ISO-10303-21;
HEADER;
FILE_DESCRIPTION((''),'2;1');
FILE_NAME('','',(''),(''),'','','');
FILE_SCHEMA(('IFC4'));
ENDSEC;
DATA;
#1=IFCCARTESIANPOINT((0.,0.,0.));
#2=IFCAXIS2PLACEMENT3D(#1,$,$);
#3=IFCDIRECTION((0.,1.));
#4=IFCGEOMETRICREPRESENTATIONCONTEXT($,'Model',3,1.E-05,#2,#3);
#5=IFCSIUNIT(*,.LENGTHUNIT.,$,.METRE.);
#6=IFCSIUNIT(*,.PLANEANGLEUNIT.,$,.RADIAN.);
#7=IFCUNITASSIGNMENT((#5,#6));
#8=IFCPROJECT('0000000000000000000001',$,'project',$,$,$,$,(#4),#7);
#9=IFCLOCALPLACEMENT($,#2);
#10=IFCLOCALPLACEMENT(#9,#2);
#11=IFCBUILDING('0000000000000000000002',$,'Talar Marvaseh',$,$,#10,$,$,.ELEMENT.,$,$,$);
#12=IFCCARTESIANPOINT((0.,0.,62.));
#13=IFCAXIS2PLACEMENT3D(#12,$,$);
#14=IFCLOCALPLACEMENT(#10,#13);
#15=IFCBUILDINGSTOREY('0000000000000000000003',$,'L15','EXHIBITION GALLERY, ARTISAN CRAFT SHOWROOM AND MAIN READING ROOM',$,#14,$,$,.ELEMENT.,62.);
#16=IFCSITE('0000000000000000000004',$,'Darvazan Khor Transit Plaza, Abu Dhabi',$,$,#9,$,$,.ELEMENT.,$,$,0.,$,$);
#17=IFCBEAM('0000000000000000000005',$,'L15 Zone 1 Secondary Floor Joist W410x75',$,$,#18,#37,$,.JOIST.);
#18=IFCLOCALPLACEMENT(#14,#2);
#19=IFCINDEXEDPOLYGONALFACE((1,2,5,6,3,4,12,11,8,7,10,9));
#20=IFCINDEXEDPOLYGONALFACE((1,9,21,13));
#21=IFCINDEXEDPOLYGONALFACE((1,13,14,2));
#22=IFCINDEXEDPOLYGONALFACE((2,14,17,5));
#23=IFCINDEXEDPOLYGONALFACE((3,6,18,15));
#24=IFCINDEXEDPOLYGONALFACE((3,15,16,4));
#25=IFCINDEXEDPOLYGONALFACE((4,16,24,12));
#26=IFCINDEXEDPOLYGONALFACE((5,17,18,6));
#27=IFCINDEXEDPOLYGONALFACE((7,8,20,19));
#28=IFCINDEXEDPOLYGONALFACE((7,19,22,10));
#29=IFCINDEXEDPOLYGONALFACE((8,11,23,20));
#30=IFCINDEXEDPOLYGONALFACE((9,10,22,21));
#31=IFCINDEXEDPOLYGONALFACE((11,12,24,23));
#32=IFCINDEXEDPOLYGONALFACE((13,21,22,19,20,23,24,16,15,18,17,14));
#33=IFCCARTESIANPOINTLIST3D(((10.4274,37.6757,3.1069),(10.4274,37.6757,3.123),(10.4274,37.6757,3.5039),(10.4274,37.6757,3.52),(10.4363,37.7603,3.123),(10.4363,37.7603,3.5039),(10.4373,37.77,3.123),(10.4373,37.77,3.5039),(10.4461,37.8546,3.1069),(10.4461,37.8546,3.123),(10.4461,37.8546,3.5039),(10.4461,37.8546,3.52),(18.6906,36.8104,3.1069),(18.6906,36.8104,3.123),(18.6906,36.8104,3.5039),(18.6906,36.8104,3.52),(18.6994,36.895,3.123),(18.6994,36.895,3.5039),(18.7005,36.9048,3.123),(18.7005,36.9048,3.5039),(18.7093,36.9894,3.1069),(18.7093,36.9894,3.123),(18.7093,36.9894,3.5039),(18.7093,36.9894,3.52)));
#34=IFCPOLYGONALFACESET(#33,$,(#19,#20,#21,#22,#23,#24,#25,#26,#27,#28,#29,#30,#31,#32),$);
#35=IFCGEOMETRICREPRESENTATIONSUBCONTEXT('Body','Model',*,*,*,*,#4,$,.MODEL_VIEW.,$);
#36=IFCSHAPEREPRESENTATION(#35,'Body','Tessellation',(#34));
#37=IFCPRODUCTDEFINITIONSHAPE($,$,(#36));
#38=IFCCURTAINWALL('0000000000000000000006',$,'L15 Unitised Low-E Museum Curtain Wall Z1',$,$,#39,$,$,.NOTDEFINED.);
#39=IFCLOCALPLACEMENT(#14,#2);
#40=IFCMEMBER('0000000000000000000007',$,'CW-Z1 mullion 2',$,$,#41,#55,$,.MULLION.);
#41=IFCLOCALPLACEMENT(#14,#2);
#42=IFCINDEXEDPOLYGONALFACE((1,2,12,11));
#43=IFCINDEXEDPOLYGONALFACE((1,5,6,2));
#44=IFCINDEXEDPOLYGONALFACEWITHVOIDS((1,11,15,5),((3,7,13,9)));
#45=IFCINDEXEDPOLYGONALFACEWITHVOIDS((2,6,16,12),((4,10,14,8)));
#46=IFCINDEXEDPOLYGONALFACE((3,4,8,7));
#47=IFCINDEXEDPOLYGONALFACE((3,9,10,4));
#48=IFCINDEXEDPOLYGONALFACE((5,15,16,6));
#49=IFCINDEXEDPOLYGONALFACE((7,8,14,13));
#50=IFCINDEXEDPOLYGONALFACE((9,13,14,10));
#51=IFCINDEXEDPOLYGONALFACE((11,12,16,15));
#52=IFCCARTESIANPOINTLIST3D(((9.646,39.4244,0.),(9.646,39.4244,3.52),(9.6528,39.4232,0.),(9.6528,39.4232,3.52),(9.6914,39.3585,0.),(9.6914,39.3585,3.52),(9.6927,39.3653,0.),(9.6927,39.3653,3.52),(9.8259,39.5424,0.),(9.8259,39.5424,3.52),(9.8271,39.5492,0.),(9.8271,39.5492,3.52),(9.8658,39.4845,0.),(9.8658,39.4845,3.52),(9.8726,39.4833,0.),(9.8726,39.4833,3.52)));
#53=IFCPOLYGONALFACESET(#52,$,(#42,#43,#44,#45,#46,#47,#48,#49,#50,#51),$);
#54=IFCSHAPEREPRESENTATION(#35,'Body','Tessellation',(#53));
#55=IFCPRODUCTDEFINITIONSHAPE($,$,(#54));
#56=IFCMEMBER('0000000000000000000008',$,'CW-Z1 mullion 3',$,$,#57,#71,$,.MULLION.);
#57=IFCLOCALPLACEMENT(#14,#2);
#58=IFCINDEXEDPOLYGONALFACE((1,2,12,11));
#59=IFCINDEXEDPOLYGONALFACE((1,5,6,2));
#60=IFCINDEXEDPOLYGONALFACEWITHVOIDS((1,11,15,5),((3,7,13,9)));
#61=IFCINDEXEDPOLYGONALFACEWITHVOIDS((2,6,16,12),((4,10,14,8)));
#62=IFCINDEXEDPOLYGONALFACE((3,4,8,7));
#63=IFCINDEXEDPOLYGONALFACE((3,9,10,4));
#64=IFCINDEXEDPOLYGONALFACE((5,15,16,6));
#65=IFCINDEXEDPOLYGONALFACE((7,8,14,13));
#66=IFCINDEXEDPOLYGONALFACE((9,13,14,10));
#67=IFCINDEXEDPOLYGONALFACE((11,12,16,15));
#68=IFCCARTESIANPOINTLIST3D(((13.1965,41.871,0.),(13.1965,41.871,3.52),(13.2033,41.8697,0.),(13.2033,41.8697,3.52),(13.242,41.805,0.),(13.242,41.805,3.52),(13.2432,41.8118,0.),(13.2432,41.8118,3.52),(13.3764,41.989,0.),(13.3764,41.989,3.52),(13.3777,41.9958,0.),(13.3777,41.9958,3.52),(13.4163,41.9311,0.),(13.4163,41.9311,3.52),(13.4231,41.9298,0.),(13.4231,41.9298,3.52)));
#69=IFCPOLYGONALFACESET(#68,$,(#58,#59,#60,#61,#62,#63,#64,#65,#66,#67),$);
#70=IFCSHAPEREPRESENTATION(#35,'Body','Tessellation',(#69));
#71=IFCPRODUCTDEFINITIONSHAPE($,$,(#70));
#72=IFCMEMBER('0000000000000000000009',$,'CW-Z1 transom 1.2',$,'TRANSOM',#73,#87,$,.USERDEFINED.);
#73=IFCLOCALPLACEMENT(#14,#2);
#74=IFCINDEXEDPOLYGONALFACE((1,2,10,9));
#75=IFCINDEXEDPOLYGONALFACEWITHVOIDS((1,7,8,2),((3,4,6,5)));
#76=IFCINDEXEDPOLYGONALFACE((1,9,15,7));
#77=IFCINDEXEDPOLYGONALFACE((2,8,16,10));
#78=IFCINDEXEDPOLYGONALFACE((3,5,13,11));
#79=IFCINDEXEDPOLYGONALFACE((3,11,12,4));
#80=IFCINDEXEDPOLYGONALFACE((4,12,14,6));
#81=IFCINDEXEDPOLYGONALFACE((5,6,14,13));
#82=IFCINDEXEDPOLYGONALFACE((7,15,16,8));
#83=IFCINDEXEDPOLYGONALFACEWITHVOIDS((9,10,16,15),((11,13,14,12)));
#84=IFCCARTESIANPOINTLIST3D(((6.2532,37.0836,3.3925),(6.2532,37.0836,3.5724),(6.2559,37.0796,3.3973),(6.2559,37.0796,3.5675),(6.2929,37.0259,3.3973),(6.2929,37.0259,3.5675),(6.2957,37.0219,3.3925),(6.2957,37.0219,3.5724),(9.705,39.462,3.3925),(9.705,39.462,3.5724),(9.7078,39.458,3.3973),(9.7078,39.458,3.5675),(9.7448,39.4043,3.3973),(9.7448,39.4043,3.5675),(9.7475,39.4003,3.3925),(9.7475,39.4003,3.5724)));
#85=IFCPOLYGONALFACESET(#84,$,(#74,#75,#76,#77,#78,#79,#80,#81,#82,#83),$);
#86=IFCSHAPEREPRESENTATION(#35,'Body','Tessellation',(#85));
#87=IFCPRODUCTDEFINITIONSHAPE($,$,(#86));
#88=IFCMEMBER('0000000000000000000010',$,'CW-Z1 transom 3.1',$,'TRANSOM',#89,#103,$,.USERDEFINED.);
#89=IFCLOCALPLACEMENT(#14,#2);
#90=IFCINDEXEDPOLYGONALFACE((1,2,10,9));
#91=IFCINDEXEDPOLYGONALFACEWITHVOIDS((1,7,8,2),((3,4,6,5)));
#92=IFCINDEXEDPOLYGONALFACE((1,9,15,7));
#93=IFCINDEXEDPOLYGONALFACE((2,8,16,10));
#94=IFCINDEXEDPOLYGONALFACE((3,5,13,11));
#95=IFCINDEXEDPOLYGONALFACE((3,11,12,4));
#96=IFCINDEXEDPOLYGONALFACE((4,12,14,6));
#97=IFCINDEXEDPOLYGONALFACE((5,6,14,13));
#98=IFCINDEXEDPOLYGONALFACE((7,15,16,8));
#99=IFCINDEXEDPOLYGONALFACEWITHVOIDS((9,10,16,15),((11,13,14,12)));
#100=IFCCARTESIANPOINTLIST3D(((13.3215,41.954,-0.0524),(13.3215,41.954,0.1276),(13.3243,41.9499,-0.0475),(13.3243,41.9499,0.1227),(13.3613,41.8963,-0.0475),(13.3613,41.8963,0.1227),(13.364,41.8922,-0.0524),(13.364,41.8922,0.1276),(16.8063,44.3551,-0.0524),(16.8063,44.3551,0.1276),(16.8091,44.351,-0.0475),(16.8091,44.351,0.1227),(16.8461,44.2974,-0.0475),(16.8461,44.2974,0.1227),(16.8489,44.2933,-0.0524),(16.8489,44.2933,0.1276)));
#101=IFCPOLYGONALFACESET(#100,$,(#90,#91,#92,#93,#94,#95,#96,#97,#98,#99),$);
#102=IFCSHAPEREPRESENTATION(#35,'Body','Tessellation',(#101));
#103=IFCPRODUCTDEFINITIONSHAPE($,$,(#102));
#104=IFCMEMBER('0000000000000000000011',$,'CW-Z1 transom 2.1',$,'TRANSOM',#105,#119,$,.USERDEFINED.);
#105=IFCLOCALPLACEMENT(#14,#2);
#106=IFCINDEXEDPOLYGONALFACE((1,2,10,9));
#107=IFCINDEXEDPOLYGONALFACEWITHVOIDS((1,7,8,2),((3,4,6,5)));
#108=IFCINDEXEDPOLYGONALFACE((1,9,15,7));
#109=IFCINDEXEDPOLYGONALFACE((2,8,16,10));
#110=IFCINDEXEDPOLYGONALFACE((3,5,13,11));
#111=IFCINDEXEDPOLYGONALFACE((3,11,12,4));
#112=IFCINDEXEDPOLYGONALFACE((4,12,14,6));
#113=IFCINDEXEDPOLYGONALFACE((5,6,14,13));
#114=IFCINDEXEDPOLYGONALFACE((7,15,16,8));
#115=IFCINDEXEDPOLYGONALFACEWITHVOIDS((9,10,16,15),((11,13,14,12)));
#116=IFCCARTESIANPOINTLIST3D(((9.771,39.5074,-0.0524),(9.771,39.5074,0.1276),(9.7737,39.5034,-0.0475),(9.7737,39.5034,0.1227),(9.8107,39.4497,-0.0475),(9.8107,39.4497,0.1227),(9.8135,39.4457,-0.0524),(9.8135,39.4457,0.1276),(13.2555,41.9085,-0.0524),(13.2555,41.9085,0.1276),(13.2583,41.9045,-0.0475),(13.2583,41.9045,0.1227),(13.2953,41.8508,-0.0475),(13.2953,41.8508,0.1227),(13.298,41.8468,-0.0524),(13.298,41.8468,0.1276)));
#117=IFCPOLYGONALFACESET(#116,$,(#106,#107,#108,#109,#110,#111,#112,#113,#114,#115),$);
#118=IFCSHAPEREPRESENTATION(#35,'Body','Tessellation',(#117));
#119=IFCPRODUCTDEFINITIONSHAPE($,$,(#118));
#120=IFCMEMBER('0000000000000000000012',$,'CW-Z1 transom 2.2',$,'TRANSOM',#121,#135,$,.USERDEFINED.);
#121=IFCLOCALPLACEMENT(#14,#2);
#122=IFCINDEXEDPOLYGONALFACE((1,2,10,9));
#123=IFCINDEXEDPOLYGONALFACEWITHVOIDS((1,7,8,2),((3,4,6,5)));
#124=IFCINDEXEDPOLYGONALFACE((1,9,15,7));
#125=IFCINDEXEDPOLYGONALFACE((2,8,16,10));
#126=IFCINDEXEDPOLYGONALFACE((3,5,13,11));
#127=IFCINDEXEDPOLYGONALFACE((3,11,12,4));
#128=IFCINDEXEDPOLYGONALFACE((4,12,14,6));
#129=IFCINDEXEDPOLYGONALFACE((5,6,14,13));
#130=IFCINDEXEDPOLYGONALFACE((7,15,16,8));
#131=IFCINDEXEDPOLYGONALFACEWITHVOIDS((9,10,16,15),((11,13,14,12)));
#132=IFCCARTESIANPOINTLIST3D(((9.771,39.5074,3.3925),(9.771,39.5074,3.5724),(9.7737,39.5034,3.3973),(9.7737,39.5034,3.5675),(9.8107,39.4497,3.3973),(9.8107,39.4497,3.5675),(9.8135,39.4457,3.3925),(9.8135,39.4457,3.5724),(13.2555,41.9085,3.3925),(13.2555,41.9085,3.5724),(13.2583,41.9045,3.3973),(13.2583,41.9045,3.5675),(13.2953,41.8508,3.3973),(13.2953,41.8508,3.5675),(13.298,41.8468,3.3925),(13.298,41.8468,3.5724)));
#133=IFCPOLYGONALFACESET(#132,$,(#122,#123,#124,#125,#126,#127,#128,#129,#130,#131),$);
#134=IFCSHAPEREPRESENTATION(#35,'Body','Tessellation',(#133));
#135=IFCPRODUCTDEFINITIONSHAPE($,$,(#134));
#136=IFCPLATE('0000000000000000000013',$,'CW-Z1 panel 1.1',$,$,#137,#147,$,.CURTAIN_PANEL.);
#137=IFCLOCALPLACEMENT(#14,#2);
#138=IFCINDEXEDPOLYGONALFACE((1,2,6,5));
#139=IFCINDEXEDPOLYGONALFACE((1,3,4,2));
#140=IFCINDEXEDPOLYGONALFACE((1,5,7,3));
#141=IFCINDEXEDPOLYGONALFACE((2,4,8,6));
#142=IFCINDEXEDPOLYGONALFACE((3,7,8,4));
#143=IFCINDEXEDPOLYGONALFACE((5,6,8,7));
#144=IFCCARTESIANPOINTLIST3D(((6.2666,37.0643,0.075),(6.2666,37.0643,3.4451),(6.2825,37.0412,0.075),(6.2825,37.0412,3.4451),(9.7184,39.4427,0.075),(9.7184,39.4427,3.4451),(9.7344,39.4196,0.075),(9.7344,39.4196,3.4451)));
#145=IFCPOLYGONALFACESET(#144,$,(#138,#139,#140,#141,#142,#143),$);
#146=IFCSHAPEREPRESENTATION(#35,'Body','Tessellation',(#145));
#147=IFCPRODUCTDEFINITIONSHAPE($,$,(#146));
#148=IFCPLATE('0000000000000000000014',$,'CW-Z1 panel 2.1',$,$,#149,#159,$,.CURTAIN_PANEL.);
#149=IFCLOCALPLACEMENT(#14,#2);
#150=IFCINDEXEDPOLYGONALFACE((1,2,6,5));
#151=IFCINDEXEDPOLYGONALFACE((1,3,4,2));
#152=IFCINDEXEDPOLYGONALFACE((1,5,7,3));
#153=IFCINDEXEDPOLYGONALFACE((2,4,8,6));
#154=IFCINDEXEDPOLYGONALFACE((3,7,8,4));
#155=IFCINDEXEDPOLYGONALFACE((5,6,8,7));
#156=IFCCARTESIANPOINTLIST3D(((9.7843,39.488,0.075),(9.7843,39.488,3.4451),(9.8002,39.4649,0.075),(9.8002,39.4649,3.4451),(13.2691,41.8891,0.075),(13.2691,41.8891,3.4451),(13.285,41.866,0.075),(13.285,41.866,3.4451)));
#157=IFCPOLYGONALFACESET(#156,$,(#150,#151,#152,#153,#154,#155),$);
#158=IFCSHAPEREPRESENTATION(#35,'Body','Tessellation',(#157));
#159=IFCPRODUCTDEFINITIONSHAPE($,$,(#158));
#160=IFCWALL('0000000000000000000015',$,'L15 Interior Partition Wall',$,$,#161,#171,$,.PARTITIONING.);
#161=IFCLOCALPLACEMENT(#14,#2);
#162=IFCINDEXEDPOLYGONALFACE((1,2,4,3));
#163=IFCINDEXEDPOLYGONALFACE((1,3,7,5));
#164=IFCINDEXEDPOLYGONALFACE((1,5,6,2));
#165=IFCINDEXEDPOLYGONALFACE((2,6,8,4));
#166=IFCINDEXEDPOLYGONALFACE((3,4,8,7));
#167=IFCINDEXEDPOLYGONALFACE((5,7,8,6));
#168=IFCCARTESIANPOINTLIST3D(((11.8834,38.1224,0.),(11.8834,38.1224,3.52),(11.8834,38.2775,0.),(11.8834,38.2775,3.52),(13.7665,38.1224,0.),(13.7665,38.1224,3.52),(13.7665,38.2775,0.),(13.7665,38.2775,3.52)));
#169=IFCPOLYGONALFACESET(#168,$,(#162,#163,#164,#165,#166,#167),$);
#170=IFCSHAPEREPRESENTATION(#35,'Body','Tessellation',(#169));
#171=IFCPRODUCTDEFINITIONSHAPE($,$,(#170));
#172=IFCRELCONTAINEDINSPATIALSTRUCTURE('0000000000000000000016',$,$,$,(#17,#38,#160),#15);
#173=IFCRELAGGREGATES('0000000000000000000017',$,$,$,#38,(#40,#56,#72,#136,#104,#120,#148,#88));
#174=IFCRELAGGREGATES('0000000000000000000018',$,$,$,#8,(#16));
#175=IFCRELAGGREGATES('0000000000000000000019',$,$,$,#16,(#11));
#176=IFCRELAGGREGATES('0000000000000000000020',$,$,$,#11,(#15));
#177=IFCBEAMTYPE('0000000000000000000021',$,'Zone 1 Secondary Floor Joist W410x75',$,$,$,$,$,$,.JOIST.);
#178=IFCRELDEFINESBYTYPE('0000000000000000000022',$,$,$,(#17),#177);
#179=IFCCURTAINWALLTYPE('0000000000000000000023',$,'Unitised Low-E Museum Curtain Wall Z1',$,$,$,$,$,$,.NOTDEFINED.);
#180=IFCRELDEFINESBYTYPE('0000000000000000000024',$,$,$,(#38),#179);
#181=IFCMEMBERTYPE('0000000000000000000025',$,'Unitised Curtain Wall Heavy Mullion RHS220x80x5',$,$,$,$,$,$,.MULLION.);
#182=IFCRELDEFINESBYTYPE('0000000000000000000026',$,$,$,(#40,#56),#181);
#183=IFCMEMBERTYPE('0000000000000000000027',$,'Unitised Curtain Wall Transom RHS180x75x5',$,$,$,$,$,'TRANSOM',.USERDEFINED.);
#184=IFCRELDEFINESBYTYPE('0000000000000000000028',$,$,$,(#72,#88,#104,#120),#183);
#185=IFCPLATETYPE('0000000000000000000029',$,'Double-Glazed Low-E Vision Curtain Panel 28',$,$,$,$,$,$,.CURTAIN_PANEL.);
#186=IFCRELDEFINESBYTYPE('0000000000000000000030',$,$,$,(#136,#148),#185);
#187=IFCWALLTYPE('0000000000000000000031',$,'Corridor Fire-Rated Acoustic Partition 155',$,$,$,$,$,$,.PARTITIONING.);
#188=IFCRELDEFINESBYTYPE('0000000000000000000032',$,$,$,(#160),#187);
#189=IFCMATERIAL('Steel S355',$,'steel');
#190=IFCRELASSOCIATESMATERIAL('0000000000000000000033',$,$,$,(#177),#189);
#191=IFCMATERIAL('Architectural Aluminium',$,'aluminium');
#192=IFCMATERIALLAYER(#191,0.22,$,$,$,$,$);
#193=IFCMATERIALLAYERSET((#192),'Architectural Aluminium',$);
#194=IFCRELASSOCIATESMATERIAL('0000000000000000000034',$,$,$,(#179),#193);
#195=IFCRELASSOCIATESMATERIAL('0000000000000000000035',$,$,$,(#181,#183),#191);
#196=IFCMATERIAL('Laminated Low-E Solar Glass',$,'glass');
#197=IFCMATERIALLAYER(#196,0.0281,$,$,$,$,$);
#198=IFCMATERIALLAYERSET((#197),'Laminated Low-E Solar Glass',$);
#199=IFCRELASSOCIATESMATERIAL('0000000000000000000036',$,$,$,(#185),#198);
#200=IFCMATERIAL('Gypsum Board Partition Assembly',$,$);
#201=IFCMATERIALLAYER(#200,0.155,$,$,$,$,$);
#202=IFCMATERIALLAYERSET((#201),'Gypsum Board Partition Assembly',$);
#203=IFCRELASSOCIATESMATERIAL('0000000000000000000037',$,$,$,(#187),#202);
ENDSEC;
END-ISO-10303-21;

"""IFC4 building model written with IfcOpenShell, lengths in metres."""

from ifc_helpers import new_model, si_unit, direction, frame, frame_2d, origin, origin_2d, place, context, subcontext, project, spatial, rectangle, hollow_rectangle, i_section, extrude, source, transform, mapped, material, layer, layer_set, material_profile, profile_set, type_object, type_shapes, element, aggregate, save


model = new_model("IFC4")

# Units and contexts
model_context = context("Model", 3, precision=1e-05, world=origin(), true_north=direction((0.0, 1.0)))
body_context = subcontext(model_context, "Body", "Model", "MODEL_VIEW")
ifc_project = project(units=[si_unit("LENGTHUNIT", "METRE"), si_unit("PLANEANGLEUNIT", "RADIAN")], contexts=[model_context])

# Site, building, storey
site_placement = place(None, origin())
site = spatial("IfcSite", under=ifc_project, at=site_placement, Name="Darvazan Khor Transit Plaza, Abu Dhabi", CompositionType="ELEMENT", RefElevation=0.0)
building_placement = place(site_placement, origin())
building = spatial("IfcBuilding", under=site, at=building_placement, Name="Talar Marvaseh", CompositionType="ELEMENT")
storey_placement = place(building_placement, frame((0.0, 0.0, 62.0)))
storey = spatial("IfcBuildingStorey", under=building, at=storey_placement, Name="L15", Description="EXHIBITION GALLERY, ARTISAN CRAFT SHOWROOM AND MAIN READING ROOM", CompositionType="ELEMENT", Elevation=62.0)

# Beam
ifc_material_1 = material(Name="Steel S355", Category="steel")
ifc_material_profile_1 = material_profile(ifc_material_1, i_section(OverallWidth=0.1799, OverallDepth=0.4131, WebThickness=0.0098, FlangeThickness=0.0161, at=origin_2d()), Name="W410x75")
ifc_profile_set_1 = profile_set([ifc_material_profile_1], Name="Steel S355")
beam_type = type_object("IfcBeamType", Name="Zone 1 Secondary Floor Joist W410x75", PredefinedType="JOIST", material=ifc_profile_set_1)
beam_placement = place(storey_placement, frame((10.4368, 37.7651, 3.3135), z_axis=(0.994563, -0.10414, 0.0), x_axis=(0.10414, 0.994563, 0.0)))
element("IfcBeam", 1, at=beam_placement, inside=storey, type_object=beam_type, Name="L15 Zone 1 Secondary Floor Joist W410x75", PredefinedType="JOIST", context=body_context, shape_type="SweptSolid", body=[
    extrude(i_section(OverallWidth=0.1799, OverallDepth=0.4131, WebThickness=0.0098, FlangeThickness=0.0161, at=origin_2d()), origin(), (0.0, 0.0, 1.0), 8.3083),
])

# Curtain wall, members, plates
ifc_material_2 = material(Name="Architectural Aluminium", Category="aluminium")
ifc_layer_1 = layer(ifc_material_2, 0.22)
ifc_layer_set_1 = layer_set([ifc_layer_1], Name="Architectural Aluminium")
curtain_wall_type = type_object("IfcCurtainWallType", Name="Unitised Low-E Museum Curtain Wall Z1", PredefinedType="NOTDEFINED", material=ifc_layer_set_1)
curtain_wall_placement = place(storey_placement, origin())
curtain_wall = element("IfcCurtainWall", 2, at=curtain_wall_placement, inside=storey, type_object=curtain_wall_type, Name="L15 Unitised Low-E Museum Curtain Wall Z1", PredefinedType="NOTDEFINED")
ifc_material_profile_2 = material_profile(ifc_material_2, hollow_rectangle(XDim=0.0801, YDim=0.22, WallThickness=0.0049, at=origin_2d()), Name="RHS220x80x5")
ifc_profile_set_2 = profile_set([ifc_material_profile_2], Name="Architectural Aluminium")
member_type_1 = type_object("IfcMemberType", Name="Unitised Curtain Wall Heavy Mullion RHS220x80x5", PredefinedType="MULLION", material=ifc_profile_set_2)
shared_shape_1 = source(origin(), body_context, "Body", "SweptSolid", [
    extrude(hollow_rectangle(XDim=0.0801, YDim=0.22, WallThickness=0.0049, at=origin_2d()), origin(), (0.0, 0.0, 1.0), 3.52),
])
type_shapes(member_type_1, [shared_shape_1])
member_1_placement = place(storey_placement, frame((9.7593, 39.4539, 0.0), z_axis=(0.0, 0.0, 1.0), x_axis=(-0.567383, 0.823454, 0.0)))
member_1 = element("IfcMember", 3, at=member_1_placement, type_object=member_type_1, Name="CW-Z1 mullion 2", PredefinedType="MULLION", context=body_context, shape_type="MappedRepresentation", body=[
    mapped(shared_shape_1, transform((0.0, 0.0, 0.0), x_axis=(1.0, 0.0, 0.0), y_axis=(0.0, 1.0, 0.0), z_axis=(0.0, 0.0, 1.0), scale=1.0)),
])
member_2_placement = place(storey_placement, frame((13.3098, 41.9004, 0.0), z_axis=(0.0, 0.0, 1.0), x_axis=(-0.567383, 0.823454, 0.0)))
member_2 = element("IfcMember", 4, at=member_2_placement, type_object=member_type_1, Name="CW-Z1 mullion 3", PredefinedType="MULLION", context=body_context, shape_type="MappedRepresentation", body=[
    mapped(shared_shape_1, transform((0.0, 0.0, 0.0), x_axis=(1.0, 0.0, 0.0), y_axis=(0.0, 1.0, 0.0), z_axis=(0.0, 0.0, 1.0), scale=1.0)),
])
ifc_material_profile_3 = material_profile(ifc_material_2, hollow_rectangle(XDim=0.075, YDim=0.1799, WallThickness=0.0049, at=origin_2d()), Name="RHS180x75x5")
ifc_profile_set_3 = profile_set([ifc_material_profile_3], Name="Architectural Aluminium")
member_type_2 = type_object("IfcMemberType", Name="Unitised Curtain Wall Transom RHS180x75x5", ElementType="TRANSOM", PredefinedType="USERDEFINED", material=ifc_profile_set_3)
shared_shape_2 = source(origin(), body_context, "Body", "SweptSolid", [
    extrude(hollow_rectangle(XDim=0.075, YDim=0.1799, WallThickness=0.0049, at=origin_2d()), origin(), (0.0, 0.0, 1.0), 4.1919),
])
member_3_placement = place(storey_placement, frame((6.2744, 37.0527, 3.4824), z_axis=(0.823459, 0.567376, 0.0), x_axis=(-0.567376, 0.823459, 0.0)))
member_3 = element("IfcMember", 5, at=member_3_placement, type_object=member_type_2, Name="CW-Z1 transom 1.2", ObjectType="TRANSOM", PredefinedType="USERDEFINED", context=body_context, shape_type="MappedRepresentation", body=[
    mapped(shared_shape_2, transform((0.0, 0.0, 0.0), x_axis=(1.0, 0.0, 0.0), y_axis=(0.0, 1.0, 0.0), z_axis=(0.0, 0.0, 1.0), scale=1.0)),
])
shared_shape_3 = source(origin(), body_context, "Body", "SweptSolid", [
    extrude(hollow_rectangle(XDim=0.075, YDim=0.1799, WallThickness=0.0049, at=origin_2d()), origin(), (0.0, 0.0, 1.0), 4.2319),
])
member_4_placement = place(storey_placement, frame((13.3428, 41.9231, 0.0376), z_axis=(0.823459, 0.567376, 0.0), x_axis=(-0.567376, 0.823459, 0.0)))
member_4 = element("IfcMember", 6, at=member_4_placement, type_object=member_type_2, Name="CW-Z1 transom 3.1", ObjectType="TRANSOM", PredefinedType="USERDEFINED", context=body_context, shape_type="MappedRepresentation", body=[
    mapped(shared_shape_3, transform((0.0, 0.0, 0.0), x_axis=(1.0, 0.0, 0.0), y_axis=(0.0, 1.0, 0.0), z_axis=(0.0, 0.0, 1.0), scale=1.0)),
])
shared_shape_4 = source(origin(), body_context, "Body", "SweptSolid", [
    extrude(hollow_rectangle(XDim=0.075, YDim=0.1799, WallThickness=0.0049, at=origin_2d()), origin(), (0.0, 0.0, 1.0), 4.2317),
])
type_shapes(member_type_2, [shared_shape_2, shared_shape_3, shared_shape_4])
member_5_placement = place(storey_placement, frame((9.7922, 39.4766, 0.0376), z_axis=(0.823441, 0.567403, 0.0), x_axis=(-0.567403, 0.823441, 0.0)))
member_5 = element("IfcMember", 7, at=member_5_placement, type_object=member_type_2, Name="CW-Z1 transom 2.1", ObjectType="TRANSOM", PredefinedType="USERDEFINED", context=body_context, shape_type="MappedRepresentation", body=[
    mapped(shared_shape_4, transform((0.0, 0.0, 0.0), x_axis=(1.0, 0.0, 0.0), y_axis=(0.0, 1.0, 0.0), z_axis=(0.0, 0.0, 1.0), scale=1.0)),
])
member_6_placement = place(storey_placement, frame((9.7922, 39.4766, 3.4824), z_axis=(0.823441, 0.567403, 0.0), x_axis=(-0.567403, 0.823441, 0.0)))
member_6 = element("IfcMember", 8, at=member_6_placement, type_object=member_type_2, Name="CW-Z1 transom 2.2", ObjectType="TRANSOM", PredefinedType="USERDEFINED", context=body_context, shape_type="MappedRepresentation", body=[
    mapped(shared_shape_4, transform((0.0, 0.0, 0.0), x_axis=(1.0, 0.0, 0.0), y_axis=(0.0, 1.0, 0.0), z_axis=(0.0, 0.0, 1.0), scale=1.0)),
])
ifc_material_3 = material(Name="Laminated Low-E Solar Glass", Category="glass")
ifc_layer_2 = layer(ifc_material_3, 0.0281)
ifc_layer_set_2 = layer_set([ifc_layer_2], Name="Laminated Low-E Solar Glass")
plate_type = type_object("IfcPlateType", Name="Double-Glazed Low-E Vision Curtain Panel 28", PredefinedType="CURTAIN_PANEL", material=ifc_layer_set_2)
shared_shape_5 = source(origin(), body_context, "Body", "SweptSolid", [
    extrude(rectangle(XDim=4.1919, YDim=0.0281, at=origin_2d()), origin(), (0.0, 0.0, 1.0), 3.3701),
])
plate_1_placement = place(storey_placement, frame((8.0005, 38.2419, 0.075), z_axis=(0.0, 0.0, 1.0), x_axis=(0.823454, 0.567383, 0.0)))
plate_1 = element("IfcPlate", 9, at=plate_1_placement, type_object=plate_type, Name="CW-Z1 panel 1.1", PredefinedType="CURTAIN_PANEL", context=body_context, shape_type="MappedRepresentation", body=[
    mapped(shared_shape_5, transform((0.0, 0.0, 0.0), x_axis=(1.0, 0.0, 0.0), y_axis=(0.0, 1.0, 0.0), z_axis=(0.0, 0.0, 1.0), scale=1.0)),
])
shared_shape_6 = source(origin(), body_context, "Body", "SweptSolid", [
    extrude(rectangle(XDim=4.2319, YDim=0.0281, at=origin_2d()), origin(), (0.0, 0.0, 1.0), 3.3701),
])
type_shapes(plate_type, [shared_shape_5, shared_shape_6])
plate_2_placement = place(storey_placement, frame((11.5347, 40.677, 0.075), z_axis=(0.0, 0.0, 1.0), x_axis=(0.823454, 0.567383, 0.0)))
plate_2 = element("IfcPlate", 10, at=plate_2_placement, type_object=plate_type, Name="CW-Z1 panel 2.1", PredefinedType="CURTAIN_PANEL", context=body_context, shape_type="MappedRepresentation", body=[
    mapped(shared_shape_6, transform((0.0, 0.0, 0.0), x_axis=(1.0, 0.0, 0.0), y_axis=(0.0, 1.0, 0.0), z_axis=(0.0, 0.0, 1.0), scale=1.0)),
])
aggregate(curtain_wall, [member_1, member_2, member_3, plate_1, member_5, member_6, plate_2, member_4])

# Wall
ifc_material_4 = material(Name="Gypsum Board Partition Assembly")
ifc_layer_3 = layer(ifc_material_4, 0.155)
ifc_layer_set_3 = layer_set([ifc_layer_3], Name="Gypsum Board Partition Assembly")
wall_type = type_object("IfcWallType", Name="Corridor Fire-Rated Acoustic Partition 155", PredefinedType="PARTITIONING", material=ifc_layer_set_3)
wall_placement = place(storey_placement, frame((11.8835, 38.2, 0.0), z_axis=(0.0, 0.0, 1.0), x_axis=(1.0, 0.0, 0.0)))
element("IfcWall", 11, at=wall_placement, inside=storey, type_object=wall_type, Name="L15 Interior Partition Wall", PredefinedType="PARTITIONING", context=body_context, shape_type="SweptSolid", body=[
    extrude(rectangle(XDim=1.8831, YDim=0.155, at=frame_2d((0.9414, 0.0))), origin(), (0.0, 0.0, 1.0), 3.52),
])

save(model, "model.ifc")
